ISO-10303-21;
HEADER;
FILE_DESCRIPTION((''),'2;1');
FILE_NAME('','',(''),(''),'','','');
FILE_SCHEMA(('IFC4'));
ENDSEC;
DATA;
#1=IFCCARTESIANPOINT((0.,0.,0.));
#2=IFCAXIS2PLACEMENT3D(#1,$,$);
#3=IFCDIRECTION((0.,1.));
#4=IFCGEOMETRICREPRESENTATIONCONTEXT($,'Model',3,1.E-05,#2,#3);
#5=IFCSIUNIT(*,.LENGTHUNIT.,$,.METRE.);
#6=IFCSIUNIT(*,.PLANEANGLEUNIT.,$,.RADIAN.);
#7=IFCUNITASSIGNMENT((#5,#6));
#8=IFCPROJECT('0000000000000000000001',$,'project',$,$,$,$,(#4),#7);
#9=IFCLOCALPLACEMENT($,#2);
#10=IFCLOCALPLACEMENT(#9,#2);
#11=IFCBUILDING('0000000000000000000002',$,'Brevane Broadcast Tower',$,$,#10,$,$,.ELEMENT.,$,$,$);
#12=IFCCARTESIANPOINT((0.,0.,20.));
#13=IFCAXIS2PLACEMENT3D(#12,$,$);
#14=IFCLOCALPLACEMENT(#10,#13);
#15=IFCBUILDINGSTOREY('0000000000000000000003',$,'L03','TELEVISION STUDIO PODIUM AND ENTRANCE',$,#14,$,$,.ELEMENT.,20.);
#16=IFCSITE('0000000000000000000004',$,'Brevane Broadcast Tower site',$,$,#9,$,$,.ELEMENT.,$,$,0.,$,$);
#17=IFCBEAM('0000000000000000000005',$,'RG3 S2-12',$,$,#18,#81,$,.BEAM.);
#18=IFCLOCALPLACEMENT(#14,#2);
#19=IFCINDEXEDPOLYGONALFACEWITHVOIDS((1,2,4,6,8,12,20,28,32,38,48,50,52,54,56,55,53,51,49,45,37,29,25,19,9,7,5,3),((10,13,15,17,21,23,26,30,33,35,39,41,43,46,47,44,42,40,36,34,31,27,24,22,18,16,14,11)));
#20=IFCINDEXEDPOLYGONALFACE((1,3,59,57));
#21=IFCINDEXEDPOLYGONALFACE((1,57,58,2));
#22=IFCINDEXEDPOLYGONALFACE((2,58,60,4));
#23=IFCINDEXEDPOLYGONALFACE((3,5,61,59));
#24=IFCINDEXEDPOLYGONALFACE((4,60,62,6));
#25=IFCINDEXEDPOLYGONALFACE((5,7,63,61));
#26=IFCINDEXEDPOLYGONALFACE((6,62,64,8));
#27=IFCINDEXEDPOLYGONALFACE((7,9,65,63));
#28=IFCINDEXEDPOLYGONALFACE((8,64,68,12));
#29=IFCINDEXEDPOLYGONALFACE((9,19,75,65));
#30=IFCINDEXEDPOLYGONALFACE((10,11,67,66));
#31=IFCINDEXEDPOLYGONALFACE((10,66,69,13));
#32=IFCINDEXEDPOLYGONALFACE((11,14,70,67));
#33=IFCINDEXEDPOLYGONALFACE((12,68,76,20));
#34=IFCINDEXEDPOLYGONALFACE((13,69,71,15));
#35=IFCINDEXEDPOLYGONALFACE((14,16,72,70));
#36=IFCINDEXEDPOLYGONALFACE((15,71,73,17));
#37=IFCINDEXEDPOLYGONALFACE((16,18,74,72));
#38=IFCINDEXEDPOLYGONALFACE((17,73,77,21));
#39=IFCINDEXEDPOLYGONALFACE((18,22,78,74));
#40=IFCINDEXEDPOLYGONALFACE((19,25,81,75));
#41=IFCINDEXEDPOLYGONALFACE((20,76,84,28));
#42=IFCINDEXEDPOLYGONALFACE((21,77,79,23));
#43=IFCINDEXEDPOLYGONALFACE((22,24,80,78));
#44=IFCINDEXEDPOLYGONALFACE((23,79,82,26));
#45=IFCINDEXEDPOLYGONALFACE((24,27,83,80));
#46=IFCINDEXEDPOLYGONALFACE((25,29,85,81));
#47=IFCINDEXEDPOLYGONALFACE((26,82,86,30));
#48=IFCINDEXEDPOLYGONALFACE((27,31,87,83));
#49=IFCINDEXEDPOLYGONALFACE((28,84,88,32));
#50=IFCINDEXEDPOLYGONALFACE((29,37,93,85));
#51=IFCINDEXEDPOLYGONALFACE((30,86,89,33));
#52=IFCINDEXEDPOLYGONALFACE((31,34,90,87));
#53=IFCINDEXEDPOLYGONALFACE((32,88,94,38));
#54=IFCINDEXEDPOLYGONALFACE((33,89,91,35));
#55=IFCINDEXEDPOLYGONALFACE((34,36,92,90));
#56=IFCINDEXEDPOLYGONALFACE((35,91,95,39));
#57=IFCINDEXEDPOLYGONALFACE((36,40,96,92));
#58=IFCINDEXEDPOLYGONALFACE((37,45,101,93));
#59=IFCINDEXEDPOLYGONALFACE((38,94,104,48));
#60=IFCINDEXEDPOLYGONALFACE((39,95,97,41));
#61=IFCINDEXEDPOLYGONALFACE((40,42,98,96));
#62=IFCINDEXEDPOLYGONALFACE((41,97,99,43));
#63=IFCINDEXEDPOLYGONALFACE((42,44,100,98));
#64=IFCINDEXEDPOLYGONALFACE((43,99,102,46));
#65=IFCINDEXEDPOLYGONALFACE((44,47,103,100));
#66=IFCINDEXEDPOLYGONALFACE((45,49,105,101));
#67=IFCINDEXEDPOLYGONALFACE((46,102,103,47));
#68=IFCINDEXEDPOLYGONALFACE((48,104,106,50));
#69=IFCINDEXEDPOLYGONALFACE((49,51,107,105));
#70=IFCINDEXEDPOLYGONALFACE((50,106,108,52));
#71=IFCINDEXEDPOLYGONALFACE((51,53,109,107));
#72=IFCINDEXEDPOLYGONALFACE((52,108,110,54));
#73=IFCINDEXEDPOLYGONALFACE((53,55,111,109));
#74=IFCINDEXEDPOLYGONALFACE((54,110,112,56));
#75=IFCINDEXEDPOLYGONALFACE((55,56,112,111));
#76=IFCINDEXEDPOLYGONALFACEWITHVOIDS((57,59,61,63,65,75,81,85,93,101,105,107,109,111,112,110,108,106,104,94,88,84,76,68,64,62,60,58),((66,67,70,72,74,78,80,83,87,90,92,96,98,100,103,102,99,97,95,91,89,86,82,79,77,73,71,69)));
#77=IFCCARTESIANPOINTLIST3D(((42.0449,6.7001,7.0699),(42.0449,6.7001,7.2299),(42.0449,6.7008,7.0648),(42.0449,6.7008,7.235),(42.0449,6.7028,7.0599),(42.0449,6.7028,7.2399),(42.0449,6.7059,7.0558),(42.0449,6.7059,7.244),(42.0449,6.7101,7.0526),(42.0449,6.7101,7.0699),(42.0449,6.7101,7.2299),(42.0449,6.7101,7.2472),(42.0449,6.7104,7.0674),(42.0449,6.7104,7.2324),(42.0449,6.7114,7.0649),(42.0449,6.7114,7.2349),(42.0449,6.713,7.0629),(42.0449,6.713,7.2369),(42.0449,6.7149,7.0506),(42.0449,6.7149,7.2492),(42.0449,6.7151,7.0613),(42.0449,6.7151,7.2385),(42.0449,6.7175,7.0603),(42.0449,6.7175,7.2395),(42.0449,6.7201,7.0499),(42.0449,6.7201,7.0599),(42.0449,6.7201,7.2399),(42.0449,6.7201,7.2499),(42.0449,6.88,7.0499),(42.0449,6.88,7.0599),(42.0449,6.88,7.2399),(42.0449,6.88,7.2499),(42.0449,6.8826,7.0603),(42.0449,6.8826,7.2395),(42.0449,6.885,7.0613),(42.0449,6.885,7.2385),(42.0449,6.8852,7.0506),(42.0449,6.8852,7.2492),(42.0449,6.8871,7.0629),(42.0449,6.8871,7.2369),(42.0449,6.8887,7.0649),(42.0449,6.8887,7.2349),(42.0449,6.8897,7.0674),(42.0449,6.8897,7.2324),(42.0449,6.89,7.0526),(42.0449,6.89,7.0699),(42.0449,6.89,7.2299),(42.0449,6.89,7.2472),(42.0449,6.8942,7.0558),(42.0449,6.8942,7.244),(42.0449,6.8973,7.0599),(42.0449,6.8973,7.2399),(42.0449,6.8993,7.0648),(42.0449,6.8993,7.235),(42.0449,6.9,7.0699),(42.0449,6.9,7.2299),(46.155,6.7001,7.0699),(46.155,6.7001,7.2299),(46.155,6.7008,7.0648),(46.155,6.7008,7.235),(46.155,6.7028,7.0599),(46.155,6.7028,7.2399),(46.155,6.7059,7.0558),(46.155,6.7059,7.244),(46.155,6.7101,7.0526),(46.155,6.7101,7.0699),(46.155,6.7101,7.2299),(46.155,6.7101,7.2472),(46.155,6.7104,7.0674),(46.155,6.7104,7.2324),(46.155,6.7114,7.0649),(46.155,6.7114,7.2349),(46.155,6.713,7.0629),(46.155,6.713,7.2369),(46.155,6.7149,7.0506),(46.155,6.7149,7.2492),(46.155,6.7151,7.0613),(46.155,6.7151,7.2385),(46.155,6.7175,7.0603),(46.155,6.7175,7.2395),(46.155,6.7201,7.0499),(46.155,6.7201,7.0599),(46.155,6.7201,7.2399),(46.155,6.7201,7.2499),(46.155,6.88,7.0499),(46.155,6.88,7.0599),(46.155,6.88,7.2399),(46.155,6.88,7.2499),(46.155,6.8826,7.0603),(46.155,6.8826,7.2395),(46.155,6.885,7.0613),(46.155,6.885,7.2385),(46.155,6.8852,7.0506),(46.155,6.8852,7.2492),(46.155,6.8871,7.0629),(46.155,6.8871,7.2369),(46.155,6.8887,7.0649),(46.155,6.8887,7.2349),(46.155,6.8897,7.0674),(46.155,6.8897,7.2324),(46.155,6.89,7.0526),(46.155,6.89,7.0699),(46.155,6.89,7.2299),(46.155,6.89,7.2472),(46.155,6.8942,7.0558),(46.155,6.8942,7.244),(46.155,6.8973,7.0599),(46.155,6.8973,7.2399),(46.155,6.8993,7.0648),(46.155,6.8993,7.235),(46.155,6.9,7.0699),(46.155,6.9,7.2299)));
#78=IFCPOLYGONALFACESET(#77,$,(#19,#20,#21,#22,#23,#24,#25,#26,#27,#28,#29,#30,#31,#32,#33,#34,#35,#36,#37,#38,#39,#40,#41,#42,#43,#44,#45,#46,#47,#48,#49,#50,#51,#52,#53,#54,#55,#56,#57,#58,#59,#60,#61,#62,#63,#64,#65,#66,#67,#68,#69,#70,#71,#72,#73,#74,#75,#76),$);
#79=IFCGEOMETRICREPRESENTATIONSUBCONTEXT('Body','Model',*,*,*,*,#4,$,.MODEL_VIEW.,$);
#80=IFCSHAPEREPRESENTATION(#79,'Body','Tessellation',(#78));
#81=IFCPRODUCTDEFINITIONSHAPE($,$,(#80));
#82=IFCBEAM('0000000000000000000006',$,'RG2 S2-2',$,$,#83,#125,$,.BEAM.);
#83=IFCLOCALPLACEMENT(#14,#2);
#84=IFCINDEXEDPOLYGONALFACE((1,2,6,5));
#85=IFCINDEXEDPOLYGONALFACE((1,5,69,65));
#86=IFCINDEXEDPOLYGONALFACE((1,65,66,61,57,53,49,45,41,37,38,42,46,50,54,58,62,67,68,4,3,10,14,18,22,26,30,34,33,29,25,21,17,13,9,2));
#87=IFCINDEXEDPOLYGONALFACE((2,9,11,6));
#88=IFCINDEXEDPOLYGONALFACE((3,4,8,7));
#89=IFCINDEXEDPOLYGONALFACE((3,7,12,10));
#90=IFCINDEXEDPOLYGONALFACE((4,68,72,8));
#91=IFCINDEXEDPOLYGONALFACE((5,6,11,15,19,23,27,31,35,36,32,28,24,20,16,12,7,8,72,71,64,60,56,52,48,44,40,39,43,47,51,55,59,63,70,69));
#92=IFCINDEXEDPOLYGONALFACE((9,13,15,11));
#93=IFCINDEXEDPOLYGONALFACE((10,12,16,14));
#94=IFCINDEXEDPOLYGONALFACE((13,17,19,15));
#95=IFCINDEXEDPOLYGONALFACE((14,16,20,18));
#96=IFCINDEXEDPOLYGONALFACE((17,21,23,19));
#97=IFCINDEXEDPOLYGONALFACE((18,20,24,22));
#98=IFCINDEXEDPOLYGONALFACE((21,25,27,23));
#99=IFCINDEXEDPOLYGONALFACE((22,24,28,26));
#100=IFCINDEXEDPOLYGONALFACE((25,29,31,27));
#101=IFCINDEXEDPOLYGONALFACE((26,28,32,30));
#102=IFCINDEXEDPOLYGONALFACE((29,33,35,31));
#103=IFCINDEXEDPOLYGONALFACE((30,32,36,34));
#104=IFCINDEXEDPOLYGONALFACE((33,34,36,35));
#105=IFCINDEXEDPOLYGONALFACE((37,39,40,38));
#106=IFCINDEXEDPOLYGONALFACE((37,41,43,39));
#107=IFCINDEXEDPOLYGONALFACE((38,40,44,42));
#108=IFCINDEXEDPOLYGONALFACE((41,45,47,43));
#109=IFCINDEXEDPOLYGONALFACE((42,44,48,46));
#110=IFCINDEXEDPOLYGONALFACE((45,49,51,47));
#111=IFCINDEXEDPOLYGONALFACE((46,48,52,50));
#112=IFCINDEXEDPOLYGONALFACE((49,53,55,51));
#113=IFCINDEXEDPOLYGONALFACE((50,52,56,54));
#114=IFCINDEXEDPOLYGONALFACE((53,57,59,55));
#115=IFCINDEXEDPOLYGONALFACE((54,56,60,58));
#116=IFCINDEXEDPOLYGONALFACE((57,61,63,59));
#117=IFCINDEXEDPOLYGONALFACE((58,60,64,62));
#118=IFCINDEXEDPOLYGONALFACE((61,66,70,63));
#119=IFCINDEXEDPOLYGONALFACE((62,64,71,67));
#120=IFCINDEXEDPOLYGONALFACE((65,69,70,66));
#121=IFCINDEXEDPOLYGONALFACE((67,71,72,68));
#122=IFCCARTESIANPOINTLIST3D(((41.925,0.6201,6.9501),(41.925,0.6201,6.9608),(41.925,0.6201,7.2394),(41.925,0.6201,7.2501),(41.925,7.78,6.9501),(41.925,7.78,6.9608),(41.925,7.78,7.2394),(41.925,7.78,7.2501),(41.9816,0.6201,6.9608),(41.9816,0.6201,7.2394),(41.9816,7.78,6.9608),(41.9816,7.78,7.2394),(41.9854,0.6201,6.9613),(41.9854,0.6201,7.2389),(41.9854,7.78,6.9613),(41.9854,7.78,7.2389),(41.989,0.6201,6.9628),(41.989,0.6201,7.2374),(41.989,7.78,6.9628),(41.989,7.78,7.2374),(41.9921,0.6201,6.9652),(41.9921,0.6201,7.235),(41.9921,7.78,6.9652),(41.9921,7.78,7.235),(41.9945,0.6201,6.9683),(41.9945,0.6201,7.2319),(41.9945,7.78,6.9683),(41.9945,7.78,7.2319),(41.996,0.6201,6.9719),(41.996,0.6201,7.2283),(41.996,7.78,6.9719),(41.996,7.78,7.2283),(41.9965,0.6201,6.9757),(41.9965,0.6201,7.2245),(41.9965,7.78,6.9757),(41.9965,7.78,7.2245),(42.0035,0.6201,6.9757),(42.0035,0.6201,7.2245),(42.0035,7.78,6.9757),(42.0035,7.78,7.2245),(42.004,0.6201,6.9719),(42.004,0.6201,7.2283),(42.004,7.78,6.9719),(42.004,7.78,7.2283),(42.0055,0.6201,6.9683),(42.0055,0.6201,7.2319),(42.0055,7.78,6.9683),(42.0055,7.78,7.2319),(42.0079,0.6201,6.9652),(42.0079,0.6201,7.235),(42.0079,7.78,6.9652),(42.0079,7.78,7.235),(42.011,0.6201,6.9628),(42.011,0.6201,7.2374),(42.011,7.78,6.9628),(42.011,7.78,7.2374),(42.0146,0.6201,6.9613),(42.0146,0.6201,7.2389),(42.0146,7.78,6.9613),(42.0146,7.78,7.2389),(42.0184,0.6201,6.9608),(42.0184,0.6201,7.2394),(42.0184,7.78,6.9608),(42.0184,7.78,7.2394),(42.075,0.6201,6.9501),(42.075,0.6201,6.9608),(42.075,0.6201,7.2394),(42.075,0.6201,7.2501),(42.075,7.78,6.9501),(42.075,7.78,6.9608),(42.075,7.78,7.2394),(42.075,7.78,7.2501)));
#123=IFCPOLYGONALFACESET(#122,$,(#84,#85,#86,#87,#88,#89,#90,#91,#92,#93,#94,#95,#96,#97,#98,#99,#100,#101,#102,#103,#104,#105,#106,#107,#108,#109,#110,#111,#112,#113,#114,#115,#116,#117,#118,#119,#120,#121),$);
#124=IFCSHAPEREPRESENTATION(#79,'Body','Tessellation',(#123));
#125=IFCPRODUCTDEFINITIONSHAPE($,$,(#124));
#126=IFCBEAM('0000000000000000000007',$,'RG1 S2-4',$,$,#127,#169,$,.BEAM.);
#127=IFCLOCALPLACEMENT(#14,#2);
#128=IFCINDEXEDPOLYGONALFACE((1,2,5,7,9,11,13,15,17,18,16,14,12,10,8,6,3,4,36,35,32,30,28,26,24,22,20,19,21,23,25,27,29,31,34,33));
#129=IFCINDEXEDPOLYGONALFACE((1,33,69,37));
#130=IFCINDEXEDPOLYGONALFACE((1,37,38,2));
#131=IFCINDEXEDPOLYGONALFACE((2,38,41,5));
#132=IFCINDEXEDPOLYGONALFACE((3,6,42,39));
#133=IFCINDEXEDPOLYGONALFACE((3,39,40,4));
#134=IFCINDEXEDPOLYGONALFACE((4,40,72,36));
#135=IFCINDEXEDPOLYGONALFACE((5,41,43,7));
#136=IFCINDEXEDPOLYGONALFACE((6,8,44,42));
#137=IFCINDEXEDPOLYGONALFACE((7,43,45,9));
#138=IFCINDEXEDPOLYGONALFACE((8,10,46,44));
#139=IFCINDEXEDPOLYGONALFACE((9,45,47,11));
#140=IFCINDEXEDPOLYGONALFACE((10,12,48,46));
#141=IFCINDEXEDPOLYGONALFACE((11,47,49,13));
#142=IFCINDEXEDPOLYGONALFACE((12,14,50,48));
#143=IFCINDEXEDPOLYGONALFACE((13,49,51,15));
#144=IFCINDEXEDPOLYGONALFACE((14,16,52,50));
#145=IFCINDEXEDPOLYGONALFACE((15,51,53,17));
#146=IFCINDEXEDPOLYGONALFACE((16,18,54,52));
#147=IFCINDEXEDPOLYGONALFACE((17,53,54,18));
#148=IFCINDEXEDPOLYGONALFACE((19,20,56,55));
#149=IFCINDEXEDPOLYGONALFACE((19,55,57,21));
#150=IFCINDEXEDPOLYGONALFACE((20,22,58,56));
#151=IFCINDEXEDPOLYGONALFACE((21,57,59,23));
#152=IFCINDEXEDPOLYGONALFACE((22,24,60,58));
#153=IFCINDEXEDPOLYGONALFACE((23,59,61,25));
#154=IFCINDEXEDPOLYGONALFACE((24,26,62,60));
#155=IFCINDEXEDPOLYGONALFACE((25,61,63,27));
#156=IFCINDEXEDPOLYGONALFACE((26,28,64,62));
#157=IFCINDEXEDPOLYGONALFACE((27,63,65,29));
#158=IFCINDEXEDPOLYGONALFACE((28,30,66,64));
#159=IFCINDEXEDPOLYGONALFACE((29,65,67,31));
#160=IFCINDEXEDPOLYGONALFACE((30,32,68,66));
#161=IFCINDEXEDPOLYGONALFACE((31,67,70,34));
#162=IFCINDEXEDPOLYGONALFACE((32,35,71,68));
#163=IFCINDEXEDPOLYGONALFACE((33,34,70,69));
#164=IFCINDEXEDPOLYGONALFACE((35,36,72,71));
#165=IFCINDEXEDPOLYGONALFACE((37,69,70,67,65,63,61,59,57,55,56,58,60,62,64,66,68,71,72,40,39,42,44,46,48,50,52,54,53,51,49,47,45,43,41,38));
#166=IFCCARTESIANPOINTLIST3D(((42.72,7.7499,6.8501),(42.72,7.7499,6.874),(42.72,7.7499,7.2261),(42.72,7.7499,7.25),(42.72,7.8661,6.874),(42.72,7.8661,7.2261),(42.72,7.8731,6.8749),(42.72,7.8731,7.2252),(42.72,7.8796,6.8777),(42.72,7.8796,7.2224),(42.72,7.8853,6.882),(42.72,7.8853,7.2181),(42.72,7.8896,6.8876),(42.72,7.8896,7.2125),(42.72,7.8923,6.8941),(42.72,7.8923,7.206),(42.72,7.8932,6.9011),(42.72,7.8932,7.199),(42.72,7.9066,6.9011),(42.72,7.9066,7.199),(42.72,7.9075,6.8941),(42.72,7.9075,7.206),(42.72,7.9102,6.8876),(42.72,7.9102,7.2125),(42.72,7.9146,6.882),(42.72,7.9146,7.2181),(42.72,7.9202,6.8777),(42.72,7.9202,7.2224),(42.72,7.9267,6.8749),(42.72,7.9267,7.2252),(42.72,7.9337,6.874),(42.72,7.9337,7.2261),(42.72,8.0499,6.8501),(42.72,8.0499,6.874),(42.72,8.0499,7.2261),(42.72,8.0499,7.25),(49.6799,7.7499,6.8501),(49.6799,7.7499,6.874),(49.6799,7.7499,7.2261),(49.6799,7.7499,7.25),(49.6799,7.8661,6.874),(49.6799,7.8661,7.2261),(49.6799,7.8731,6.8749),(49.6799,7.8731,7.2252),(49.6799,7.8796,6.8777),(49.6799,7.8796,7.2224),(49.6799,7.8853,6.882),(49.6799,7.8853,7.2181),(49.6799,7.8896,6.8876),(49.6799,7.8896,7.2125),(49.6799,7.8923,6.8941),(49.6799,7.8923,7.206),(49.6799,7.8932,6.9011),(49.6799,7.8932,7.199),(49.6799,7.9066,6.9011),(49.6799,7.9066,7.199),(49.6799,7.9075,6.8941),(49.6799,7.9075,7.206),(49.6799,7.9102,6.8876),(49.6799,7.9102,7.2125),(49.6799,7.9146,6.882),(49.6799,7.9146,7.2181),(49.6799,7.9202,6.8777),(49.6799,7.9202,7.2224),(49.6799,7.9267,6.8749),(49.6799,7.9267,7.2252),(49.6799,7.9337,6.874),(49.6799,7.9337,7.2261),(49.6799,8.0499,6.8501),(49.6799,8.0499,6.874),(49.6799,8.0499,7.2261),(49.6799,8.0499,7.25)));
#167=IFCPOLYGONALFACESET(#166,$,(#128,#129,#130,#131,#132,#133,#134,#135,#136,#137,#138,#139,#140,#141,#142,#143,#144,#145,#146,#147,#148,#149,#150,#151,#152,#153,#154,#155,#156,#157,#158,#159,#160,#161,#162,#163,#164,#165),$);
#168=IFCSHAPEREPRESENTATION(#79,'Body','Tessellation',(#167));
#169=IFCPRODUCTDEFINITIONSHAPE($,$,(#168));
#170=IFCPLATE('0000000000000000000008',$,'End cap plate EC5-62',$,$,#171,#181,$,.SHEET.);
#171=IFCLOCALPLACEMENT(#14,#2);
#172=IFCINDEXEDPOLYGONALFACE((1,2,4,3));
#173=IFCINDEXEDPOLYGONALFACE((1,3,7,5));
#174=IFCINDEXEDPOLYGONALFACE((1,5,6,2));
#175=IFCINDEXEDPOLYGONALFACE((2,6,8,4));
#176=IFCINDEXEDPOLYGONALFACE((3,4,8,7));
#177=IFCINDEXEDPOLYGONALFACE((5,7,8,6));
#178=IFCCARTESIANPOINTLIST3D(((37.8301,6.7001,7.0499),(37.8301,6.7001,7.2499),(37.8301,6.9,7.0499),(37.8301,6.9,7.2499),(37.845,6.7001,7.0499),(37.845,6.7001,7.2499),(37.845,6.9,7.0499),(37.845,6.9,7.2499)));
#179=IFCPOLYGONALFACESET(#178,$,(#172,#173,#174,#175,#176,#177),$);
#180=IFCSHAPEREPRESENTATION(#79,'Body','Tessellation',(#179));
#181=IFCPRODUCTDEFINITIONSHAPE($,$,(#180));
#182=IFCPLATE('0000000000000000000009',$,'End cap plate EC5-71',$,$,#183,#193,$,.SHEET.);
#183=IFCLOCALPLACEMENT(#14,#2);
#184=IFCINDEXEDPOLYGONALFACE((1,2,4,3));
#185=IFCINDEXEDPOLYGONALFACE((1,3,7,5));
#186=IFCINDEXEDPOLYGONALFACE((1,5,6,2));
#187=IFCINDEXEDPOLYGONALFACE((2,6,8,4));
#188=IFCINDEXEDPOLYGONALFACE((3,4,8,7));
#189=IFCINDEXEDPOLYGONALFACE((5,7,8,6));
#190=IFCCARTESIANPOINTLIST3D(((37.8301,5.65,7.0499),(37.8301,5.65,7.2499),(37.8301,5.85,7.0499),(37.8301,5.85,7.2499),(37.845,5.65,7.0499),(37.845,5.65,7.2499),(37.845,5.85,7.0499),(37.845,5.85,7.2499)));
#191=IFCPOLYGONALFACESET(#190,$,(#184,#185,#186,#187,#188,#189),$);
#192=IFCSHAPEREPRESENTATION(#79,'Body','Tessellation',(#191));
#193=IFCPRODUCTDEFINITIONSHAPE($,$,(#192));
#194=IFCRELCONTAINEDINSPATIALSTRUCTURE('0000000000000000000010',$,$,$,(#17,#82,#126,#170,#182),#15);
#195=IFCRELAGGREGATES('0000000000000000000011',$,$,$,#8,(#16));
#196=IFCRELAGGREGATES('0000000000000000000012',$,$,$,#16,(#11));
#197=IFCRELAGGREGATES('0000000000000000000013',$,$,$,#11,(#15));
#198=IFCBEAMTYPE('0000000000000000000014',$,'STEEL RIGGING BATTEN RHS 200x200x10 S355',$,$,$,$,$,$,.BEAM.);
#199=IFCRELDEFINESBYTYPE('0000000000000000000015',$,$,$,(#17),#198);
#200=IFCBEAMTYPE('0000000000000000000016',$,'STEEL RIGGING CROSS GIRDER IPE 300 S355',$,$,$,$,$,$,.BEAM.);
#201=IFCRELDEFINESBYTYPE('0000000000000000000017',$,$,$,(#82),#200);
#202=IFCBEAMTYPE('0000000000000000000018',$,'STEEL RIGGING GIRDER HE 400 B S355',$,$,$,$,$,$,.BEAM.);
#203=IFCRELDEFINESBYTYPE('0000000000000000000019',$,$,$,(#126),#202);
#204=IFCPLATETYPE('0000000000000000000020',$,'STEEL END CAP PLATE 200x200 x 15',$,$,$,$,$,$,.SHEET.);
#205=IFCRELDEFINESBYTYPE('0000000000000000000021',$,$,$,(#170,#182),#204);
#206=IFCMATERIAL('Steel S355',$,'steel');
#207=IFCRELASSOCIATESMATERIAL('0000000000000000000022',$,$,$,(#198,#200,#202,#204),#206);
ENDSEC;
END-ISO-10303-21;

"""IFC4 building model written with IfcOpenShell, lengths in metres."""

from ifc_helpers import new_model, si_unit, direction, frame, origin, origin_2d, place, context, subcontext, project, spatial, rectangle, hollow_rectangle, i_section, extrude, material, material_profile, profile_set, type_object, element, save


model = new_model("IFC4")

# Units and contexts
model_context = context("Model", 3, precision=1e-05, world=origin(), true_north=direction((0.0, 1.0)))
body_context = subcontext(model_context, "Body", "Model", "MODEL_VIEW")
ifc_project = project(units=[si_unit("LENGTHUNIT", "METRE"), si_unit("PLANEANGLEUNIT", "RADIAN")], contexts=[model_context])

# Site, building, storey
site_placement = place(None, origin())
site = spatial("IfcSite", under=ifc_project, at=site_placement, Name="Brevane Broadcast Tower site", CompositionType="ELEMENT", RefElevation=0.0)
building_placement = place(site_placement, origin())
building = spatial("IfcBuilding", under=site, at=building_placement, Name="Brevane Broadcast Tower", CompositionType="ELEMENT")
storey_placement = place(building_placement, frame((0.0, 0.0, 20.0)))
storey = spatial("IfcBuildingStorey", under=building, at=storey_placement, Name="L03", Description="TELEVISION STUDIO PODIUM AND ENTRANCE", CompositionType="ELEMENT", Elevation=20.0)

# Beams
ifc_material_1 = material(Name="Steel S355", Category="steel")
ifc_material_profile_1 = material_profile(ifc_material_1, hollow_rectangle(XDim=0.2, YDim=0.2, WallThickness=0.01, InnerFilletRadius=0.01, OuterFilletRadius=0.02, at=origin_2d()), Name="RHS 200x200x10")
ifc_profile_set_1 = profile_set([ifc_material_profile_1], Name="Steel S355")
beam_type_1 = type_object("IfcBeamType", Name="STEEL RIGGING BATTEN RHS 200x200x10 S355", PredefinedType="BEAM", material=ifc_profile_set_1)
for number, where, z_axis, x_axis, name in (
    (1, (42.0449, 6.8, 7.1499), (1.0, 0.0, 0.0), (0.0, 1.0, 0.0), "RG3 S2-12"),
):
    element("IfcBeam", number, at=place(storey_placement, frame(where, z_axis=z_axis, x_axis=x_axis)), inside=storey, type_object=beam_type_1, Name=name, PredefinedType="BEAM", context=body_context, shape_type="SweptSolid", body=[
        extrude(hollow_rectangle(XDim=0.2, YDim=0.2, WallThickness=0.01, InnerFilletRadius=0.01, OuterFilletRadius=0.02, at=origin_2d()), origin(), (0.0, 0.0, 1.0), 4.1101),
    ])
ifc_material_profile_2 = material_profile(ifc_material_1, i_section(OverallWidth=0.1499, OverallDepth=0.3, WebThickness=0.0071, FlangeThickness=0.0107, FilletRadius=0.0149, at=origin_2d()), Name="IPE 300")
ifc_profile_set_2 = profile_set([ifc_material_profile_2], Name="Steel S355")
beam_type_2 = type_object("IfcBeamType", Name="STEEL RIGGING CROSS GIRDER IPE 300 S355", PredefinedType="BEAM", material=ifc_profile_set_2)
beam_1_placement = place(storey_placement, frame((42.0, 0.6201, 7.1001), z_axis=(0.0, 1.0, 0.0), x_axis=(-1.0, 0.0, 0.0)))
element("IfcBeam", 2, at=beam_1_placement, inside=storey, type_object=beam_type_2, Name="RG2 S2-2", PredefinedType="BEAM", context=body_context, shape_type="SweptSolid", body=[
    extrude(i_section(OverallWidth=0.1499, OverallDepth=0.3, WebThickness=0.0071, FlangeThickness=0.0107, FilletRadius=0.0149, at=origin_2d()), origin(), (0.0, 0.0, 1.0), 7.1599),
])
ifc_material_profile_3 = material_profile(ifc_material_1, i_section(OverallWidth=0.3, OverallDepth=0.3999, WebThickness=0.0134, FlangeThickness=0.0239, FilletRadius=0.0271, at=origin_2d()), Name="HE 400 B")
ifc_profile_set_3 = profile_set([ifc_material_profile_3], Name="Steel S355")
beam_type_3 = type_object("IfcBeamType", Name="STEEL RIGGING GIRDER HE 400 B S355", PredefinedType="BEAM", material=ifc_profile_set_3)
beam_2_placement = place(storey_placement, frame((42.72, 7.8999, 7.05), z_axis=(1.0, 0.0, 0.0), x_axis=(0.0, 1.0, 0.0)))
element("IfcBeam", 3, at=beam_2_placement, inside=storey, type_object=beam_type_3, Name="RG1 S2-4", PredefinedType="BEAM", context=body_context, shape_type="SweptSolid", body=[
    extrude(i_section(OverallWidth=0.3, OverallDepth=0.3999, WebThickness=0.0134, FlangeThickness=0.0239, FilletRadius=0.0271, at=origin_2d()), origin(), (0.0, 0.0, 1.0), 6.96),
])

# Plates
ifc_material_profile_4 = material_profile(ifc_material_1, rectangle(XDim=0.2, YDim=0.2, at=origin_2d()), Name="PL 200x200 x 15")
ifc_profile_set_4 = profile_set([ifc_material_profile_4], Name="Steel S355")
plate_type = type_object("IfcPlateType", Name="STEEL END CAP PLATE 200x200 x 15", PredefinedType="SHEET", material=ifc_profile_set_4)
for number, where, z_axis, x_axis, name in (
    (4, (37.8301, 6.8, 7.1499), (1.0, 0.0, 0.0), (0.0, 1.0, 0.0), "End cap plate EC5-62"),
    (5, (37.8301, 5.75, 7.1499), (1.0, 0.0, 0.0), (0.0, 1.0, 0.0), "End cap plate EC5-71"),
):
    element("IfcPlate", number, at=place(storey_placement, frame(where, z_axis=z_axis, x_axis=x_axis)), inside=storey, type_object=plate_type, Name=name, PredefinedType="SHEET", context=body_context, shape_type="SweptSolid", body=[
        extrude(rectangle(XDim=0.2, YDim=0.2, at=origin_2d()), origin(), (0.0, 0.0, 1.0), 0.0149),
    ])

save(model, "model.ifc")
